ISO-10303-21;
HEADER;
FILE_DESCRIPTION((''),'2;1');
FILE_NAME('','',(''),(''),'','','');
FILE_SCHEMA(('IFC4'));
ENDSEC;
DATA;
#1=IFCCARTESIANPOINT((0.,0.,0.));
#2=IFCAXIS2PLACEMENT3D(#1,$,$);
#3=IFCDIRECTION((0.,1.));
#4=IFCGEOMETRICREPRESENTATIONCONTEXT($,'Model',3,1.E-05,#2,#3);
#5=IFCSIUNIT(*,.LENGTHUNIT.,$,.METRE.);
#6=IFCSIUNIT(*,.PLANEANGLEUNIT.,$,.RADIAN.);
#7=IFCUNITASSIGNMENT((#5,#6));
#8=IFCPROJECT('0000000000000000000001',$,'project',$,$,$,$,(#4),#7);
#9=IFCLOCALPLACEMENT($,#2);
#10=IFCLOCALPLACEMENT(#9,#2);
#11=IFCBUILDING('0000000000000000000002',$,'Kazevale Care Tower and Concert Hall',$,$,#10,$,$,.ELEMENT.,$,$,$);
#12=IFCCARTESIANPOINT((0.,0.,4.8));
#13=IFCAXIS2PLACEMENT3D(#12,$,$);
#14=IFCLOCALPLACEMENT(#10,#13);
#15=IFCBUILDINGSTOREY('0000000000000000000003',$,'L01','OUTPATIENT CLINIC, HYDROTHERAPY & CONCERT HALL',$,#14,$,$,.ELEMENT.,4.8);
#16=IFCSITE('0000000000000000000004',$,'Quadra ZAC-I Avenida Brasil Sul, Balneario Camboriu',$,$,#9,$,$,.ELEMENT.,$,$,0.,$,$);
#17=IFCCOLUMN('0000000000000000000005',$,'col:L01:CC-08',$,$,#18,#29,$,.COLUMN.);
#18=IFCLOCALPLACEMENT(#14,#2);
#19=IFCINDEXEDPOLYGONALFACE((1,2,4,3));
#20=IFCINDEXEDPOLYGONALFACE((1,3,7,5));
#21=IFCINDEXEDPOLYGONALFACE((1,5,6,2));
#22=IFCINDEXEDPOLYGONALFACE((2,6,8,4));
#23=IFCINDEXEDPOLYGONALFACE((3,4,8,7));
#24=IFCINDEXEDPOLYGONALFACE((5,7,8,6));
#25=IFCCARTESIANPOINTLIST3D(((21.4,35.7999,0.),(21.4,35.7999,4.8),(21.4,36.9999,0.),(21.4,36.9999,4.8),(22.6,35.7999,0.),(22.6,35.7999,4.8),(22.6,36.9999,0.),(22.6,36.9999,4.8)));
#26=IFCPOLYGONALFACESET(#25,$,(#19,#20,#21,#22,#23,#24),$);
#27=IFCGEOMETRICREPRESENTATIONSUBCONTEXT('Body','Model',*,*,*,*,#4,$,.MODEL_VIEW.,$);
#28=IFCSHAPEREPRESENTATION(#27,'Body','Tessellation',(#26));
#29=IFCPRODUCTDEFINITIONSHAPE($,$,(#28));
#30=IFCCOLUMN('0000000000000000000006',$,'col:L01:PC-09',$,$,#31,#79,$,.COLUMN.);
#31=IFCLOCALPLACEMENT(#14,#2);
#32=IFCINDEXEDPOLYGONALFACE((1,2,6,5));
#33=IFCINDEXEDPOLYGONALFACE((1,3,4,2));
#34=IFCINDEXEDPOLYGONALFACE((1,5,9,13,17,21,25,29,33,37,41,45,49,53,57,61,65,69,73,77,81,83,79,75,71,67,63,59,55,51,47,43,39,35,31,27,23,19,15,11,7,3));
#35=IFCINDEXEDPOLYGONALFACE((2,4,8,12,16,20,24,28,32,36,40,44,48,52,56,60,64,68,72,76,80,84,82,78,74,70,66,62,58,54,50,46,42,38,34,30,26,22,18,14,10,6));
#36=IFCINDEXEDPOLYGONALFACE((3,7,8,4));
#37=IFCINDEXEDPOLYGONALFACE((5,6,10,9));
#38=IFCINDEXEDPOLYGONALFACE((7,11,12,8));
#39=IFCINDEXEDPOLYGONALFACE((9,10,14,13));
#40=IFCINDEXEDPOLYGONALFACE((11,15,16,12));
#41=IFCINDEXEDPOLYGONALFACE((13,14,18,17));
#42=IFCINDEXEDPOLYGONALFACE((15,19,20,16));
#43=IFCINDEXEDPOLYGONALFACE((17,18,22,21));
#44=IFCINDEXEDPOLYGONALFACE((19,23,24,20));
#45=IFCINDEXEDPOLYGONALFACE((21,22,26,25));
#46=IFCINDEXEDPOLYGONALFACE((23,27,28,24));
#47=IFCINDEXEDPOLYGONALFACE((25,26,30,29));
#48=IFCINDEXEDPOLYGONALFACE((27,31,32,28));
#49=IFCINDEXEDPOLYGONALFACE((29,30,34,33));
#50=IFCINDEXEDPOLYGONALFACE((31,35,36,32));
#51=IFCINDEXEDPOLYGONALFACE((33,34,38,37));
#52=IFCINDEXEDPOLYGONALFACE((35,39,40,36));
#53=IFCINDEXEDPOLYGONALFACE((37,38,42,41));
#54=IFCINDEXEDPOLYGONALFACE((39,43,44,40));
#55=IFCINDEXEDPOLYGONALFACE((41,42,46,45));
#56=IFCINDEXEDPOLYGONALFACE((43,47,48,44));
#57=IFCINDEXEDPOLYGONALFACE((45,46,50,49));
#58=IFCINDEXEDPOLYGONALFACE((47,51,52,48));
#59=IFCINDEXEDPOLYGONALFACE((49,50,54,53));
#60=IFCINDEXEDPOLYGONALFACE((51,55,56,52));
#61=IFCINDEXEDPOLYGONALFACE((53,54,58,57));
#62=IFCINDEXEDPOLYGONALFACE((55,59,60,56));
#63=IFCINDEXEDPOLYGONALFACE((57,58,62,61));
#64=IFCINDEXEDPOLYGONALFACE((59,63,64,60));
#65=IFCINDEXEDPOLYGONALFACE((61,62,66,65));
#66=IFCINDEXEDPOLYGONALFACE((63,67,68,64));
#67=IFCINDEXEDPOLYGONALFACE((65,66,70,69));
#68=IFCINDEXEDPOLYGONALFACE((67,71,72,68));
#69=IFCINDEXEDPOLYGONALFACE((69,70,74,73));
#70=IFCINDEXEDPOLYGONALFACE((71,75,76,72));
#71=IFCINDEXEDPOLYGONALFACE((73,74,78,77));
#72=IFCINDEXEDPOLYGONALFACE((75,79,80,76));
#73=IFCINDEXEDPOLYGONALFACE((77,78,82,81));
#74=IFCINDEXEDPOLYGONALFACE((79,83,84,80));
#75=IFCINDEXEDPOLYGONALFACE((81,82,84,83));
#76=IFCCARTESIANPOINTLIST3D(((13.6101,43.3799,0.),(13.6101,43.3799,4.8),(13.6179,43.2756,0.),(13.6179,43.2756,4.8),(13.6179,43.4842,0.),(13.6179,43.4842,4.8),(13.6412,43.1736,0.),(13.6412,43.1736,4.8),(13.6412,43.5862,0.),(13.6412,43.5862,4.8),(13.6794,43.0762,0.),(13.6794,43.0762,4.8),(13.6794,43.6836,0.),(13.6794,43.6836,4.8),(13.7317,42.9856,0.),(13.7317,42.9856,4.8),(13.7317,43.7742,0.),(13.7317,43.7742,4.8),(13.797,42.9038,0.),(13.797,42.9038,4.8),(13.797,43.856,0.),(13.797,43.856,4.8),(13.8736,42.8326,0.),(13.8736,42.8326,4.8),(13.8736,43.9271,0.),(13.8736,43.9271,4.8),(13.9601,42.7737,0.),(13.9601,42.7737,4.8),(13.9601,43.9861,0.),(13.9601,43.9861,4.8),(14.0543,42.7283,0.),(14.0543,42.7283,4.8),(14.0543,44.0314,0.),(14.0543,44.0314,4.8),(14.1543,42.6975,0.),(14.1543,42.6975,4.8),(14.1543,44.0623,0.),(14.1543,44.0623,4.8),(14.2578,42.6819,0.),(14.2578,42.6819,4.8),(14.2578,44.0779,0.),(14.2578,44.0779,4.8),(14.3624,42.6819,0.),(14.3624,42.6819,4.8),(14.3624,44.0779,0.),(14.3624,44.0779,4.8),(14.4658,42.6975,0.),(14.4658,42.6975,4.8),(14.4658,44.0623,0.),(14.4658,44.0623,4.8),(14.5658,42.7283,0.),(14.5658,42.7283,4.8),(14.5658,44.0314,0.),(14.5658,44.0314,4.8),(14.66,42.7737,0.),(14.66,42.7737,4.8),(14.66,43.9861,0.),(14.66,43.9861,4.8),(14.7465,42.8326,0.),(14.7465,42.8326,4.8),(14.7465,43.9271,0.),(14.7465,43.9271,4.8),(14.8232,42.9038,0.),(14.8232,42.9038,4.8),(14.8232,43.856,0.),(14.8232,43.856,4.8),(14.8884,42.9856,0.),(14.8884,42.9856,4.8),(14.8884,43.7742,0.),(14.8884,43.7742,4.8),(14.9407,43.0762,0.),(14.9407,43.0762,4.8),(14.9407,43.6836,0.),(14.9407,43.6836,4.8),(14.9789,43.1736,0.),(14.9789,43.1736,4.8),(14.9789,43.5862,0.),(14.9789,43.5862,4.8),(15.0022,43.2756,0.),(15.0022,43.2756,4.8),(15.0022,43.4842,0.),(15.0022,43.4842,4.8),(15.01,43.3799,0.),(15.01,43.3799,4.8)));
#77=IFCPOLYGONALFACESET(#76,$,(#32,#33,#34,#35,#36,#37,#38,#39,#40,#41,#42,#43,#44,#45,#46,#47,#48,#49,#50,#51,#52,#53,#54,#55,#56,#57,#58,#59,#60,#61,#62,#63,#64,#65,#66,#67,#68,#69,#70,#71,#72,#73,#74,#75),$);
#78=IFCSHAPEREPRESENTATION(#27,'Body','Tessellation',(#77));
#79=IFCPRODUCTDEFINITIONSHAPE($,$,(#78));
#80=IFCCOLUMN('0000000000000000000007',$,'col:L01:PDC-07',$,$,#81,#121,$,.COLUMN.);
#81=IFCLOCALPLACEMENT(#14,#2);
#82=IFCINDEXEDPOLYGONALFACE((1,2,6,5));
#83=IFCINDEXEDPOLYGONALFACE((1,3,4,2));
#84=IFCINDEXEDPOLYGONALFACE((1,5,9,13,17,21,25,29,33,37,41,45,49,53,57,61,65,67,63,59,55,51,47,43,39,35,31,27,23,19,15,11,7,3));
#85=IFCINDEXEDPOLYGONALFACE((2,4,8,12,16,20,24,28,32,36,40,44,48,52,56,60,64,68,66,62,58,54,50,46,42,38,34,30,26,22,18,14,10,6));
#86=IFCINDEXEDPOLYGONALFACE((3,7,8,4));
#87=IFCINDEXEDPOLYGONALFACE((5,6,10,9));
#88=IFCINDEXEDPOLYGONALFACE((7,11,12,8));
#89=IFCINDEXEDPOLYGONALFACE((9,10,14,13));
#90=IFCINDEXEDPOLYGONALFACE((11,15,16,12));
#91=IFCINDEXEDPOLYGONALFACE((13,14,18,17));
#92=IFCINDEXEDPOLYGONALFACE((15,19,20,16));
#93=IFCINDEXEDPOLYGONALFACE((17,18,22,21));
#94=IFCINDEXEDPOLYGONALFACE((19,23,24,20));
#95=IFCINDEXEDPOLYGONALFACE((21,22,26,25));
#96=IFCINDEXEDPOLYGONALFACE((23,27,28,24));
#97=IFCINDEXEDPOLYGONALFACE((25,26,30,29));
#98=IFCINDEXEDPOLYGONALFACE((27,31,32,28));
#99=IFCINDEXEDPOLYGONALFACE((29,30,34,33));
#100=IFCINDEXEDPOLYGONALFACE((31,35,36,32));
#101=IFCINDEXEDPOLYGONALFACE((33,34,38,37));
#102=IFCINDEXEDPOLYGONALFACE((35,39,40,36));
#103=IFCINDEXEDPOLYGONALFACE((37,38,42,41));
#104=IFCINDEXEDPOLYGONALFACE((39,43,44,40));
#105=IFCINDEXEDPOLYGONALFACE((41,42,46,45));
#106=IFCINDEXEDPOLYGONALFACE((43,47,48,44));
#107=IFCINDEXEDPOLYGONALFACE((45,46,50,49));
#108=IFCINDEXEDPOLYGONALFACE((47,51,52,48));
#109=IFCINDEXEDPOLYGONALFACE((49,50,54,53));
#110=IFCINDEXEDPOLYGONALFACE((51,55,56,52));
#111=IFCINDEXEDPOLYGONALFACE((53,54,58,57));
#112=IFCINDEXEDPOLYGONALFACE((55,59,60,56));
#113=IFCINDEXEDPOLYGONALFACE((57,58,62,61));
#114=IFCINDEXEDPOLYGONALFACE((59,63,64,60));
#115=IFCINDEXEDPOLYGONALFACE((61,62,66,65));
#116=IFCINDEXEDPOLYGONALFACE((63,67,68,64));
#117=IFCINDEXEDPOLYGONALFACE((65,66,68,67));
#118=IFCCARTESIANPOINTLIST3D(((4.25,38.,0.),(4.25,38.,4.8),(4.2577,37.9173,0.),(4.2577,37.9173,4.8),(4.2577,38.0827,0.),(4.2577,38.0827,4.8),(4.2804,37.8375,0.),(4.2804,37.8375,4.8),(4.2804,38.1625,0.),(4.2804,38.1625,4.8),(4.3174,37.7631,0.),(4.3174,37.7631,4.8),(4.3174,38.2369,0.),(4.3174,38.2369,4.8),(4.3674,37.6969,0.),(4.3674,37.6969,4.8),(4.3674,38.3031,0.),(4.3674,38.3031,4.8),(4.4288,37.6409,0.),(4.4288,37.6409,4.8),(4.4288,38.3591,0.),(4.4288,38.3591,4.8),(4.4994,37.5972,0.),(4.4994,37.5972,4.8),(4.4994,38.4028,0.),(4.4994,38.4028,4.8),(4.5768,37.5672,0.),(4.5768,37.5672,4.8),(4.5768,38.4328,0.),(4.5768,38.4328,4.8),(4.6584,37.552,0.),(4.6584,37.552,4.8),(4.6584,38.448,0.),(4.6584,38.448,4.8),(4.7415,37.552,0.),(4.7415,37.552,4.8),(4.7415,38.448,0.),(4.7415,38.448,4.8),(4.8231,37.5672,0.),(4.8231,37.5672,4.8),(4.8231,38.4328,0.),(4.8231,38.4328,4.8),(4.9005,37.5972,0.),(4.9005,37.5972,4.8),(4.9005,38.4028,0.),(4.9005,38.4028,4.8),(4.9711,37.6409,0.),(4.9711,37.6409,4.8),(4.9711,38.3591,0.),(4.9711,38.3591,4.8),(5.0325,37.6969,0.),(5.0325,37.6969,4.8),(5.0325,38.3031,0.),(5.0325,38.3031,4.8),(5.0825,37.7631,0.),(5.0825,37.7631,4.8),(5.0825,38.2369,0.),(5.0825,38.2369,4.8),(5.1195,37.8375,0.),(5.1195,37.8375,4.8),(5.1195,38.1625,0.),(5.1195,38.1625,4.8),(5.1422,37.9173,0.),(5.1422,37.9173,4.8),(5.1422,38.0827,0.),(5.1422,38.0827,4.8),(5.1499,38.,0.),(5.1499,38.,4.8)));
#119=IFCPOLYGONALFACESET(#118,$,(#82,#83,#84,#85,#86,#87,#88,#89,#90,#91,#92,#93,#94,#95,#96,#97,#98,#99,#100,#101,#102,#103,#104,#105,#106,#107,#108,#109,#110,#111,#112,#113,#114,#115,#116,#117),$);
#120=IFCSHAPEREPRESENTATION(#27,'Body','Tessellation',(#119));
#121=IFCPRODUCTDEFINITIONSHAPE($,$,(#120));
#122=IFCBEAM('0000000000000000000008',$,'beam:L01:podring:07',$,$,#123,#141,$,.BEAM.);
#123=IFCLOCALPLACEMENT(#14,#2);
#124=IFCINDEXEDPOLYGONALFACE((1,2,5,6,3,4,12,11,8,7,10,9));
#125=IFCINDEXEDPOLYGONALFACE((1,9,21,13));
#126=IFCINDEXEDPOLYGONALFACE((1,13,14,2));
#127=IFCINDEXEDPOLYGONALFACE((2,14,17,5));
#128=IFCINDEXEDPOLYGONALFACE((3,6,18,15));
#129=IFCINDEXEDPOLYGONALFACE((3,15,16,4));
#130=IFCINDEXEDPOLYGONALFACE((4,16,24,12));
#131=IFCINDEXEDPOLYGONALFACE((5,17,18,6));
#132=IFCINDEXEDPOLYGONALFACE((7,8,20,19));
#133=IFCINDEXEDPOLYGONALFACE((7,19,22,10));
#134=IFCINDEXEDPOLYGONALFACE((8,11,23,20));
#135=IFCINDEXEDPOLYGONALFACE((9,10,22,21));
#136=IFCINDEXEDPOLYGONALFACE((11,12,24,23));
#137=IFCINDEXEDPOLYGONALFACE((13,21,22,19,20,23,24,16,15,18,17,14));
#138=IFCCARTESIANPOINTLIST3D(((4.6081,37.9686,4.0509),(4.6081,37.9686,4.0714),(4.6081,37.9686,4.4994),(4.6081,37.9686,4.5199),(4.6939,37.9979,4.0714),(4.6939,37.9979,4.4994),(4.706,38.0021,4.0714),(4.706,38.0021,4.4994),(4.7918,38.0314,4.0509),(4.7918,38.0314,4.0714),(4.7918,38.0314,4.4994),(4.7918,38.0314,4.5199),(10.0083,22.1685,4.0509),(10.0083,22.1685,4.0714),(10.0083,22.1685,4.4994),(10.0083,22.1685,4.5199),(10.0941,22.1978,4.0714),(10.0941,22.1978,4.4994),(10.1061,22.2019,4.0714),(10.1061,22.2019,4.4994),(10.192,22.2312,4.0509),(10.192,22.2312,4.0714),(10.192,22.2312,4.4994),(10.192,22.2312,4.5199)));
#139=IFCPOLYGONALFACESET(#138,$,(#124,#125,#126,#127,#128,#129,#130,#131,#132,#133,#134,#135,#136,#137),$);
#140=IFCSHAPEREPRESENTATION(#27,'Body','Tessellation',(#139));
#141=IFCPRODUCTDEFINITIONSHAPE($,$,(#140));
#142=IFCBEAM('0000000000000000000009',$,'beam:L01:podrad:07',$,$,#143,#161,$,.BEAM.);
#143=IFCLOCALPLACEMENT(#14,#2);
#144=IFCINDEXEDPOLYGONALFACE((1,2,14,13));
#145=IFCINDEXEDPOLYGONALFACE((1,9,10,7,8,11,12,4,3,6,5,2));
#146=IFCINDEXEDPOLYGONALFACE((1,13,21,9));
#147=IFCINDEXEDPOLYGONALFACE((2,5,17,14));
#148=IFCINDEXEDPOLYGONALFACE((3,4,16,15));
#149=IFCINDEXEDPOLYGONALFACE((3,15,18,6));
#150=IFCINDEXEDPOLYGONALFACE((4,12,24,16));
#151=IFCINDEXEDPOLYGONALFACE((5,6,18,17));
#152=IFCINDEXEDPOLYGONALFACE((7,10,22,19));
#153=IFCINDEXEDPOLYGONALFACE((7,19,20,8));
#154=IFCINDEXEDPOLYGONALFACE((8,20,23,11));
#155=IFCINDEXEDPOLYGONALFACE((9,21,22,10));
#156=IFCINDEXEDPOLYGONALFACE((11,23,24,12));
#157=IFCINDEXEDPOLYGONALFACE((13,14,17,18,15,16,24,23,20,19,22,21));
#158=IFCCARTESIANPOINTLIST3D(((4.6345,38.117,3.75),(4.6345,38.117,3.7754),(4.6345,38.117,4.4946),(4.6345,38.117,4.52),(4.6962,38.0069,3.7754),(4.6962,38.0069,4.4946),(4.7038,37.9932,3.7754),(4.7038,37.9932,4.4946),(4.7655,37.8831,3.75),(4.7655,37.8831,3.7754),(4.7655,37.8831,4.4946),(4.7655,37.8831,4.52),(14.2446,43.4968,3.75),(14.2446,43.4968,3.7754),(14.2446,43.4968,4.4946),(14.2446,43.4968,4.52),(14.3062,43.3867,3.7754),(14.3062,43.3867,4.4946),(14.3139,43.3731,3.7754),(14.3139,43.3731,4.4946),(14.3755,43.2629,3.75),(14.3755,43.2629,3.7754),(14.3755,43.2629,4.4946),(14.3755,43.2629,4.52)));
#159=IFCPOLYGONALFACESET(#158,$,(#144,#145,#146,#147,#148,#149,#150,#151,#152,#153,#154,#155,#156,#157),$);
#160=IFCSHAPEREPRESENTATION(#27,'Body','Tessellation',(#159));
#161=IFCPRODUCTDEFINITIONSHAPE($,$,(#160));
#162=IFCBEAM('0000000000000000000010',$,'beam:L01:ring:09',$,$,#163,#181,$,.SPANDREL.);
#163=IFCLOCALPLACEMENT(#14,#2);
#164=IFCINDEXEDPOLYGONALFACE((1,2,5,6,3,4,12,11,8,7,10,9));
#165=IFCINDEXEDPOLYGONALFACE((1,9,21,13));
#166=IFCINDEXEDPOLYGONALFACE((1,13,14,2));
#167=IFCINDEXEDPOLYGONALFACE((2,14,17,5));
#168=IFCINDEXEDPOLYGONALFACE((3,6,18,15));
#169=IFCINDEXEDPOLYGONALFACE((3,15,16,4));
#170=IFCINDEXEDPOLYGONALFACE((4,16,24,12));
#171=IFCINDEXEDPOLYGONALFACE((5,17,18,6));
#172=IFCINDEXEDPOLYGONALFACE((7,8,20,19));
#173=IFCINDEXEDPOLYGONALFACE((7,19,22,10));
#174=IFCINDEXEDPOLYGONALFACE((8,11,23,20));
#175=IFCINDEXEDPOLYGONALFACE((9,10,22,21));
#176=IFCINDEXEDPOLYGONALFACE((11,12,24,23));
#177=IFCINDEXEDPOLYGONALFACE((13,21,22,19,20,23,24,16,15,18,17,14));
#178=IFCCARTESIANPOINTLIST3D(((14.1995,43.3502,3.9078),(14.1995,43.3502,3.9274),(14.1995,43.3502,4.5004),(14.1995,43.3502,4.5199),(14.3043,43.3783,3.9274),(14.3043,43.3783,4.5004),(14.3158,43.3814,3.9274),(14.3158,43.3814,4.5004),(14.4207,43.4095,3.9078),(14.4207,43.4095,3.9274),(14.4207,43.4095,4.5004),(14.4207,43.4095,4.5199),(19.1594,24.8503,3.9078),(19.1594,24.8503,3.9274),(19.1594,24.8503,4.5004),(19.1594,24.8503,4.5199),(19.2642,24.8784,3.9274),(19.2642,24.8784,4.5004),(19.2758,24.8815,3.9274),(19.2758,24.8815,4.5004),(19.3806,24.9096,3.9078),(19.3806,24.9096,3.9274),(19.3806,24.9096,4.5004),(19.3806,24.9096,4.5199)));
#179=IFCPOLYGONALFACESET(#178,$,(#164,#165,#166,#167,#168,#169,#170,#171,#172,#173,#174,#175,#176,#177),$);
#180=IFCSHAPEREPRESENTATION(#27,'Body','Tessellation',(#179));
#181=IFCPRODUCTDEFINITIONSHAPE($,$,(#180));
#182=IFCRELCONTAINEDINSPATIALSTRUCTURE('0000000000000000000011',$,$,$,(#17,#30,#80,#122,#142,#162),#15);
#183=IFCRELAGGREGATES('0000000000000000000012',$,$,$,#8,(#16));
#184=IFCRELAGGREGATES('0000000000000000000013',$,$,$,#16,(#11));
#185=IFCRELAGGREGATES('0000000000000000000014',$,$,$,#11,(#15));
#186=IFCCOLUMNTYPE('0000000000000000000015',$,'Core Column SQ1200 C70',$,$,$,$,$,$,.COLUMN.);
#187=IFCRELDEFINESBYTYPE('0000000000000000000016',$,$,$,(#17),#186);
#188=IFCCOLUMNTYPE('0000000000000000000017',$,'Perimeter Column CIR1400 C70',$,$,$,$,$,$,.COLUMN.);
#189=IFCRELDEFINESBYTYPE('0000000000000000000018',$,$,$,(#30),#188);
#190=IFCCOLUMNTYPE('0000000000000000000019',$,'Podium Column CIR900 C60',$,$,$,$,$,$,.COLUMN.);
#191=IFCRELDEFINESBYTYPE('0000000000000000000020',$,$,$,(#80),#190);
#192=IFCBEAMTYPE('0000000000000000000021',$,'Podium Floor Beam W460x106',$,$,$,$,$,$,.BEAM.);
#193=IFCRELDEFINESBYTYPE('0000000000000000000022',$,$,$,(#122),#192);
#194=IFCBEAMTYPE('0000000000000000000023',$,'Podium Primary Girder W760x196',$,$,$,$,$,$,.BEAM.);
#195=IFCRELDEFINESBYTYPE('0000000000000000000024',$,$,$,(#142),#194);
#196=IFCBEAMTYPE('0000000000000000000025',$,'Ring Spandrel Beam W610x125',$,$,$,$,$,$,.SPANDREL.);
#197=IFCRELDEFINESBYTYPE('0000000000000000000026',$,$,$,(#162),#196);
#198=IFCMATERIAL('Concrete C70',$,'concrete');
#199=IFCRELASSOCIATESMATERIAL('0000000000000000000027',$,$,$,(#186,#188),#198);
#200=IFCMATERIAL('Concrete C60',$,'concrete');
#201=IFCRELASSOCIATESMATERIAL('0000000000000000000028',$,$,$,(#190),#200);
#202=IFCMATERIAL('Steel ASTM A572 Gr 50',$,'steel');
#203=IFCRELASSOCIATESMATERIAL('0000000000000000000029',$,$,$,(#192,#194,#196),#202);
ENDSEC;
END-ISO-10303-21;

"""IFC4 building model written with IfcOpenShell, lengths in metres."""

from ifc_helpers import new_model, si_unit, direction, frame, origin, origin_2d, place, context, subcontext, project, spatial, rectangle, circle, i_section, extrude, material, material_profile, profile_set, type_object, element, save


model = new_model("IFC4")

# Units and contexts
model_context = context("Model", 3, precision=1e-05, world=origin(), true_north=direction((0.0, 1.0)))
body_context = subcontext(model_context, "Body", "Model", "MODEL_VIEW")
ifc_project = project(units=[si_unit("LENGTHUNIT", "METRE"), si_unit("PLANEANGLEUNIT", "RADIAN")], contexts=[model_context])

# Site, building, storey
site_placement = place(None, origin())
site = spatial("IfcSite", under=ifc_project, at=site_placement, Name="Quadra ZAC-I Avenida Brasil Sul, Balneario Camboriu", CompositionType="ELEMENT", RefElevation=0.0)
building_placement = place(site_placement, origin())
building = spatial("IfcBuilding", under=site, at=building_placement, Name="Kazevale Care Tower and Concert Hall", CompositionType="ELEMENT")
storey_placement = place(building_placement, frame((0.0, 0.0, 4.8)))
storey = spatial("IfcBuildingStorey", under=building, at=storey_placement, Name="L01", Description="OUTPATIENT CLINIC, HYDROTHERAPY & CONCERT HALL", CompositionType="ELEMENT", Elevation=4.8)

# Columns
ifc_material_1 = material(Name="Concrete C70", Category="concrete")
ifc_material_profile_1 = material_profile(ifc_material_1, rectangle(XDim=1.2, YDim=1.2, at=origin_2d()), Name="RC-SQ1200")
ifc_profile_set_1 = profile_set([ifc_material_profile_1], Name="Concrete C70")
column_type_1 = type_object("IfcColumnType", Name="Core Column SQ1200 C70", PredefinedType="COLUMN", material=ifc_profile_set_1)
column_1_placement = place(storey_placement, frame((22.0, 36.3999, 0.0), z_axis=(0.0, 0.0, 1.0), x_axis=(1.0, 0.0, 0.0)))
element("IfcColumn", 1, at=column_1_placement, inside=storey, type_object=column_type_1, Name="col:L01:CC-08", PredefinedType="COLUMN", context=body_context, shape_type="SweptSolid", body=[
    extrude(rectangle(XDim=1.2, YDim=1.2, at=origin_2d()), origin(), (0.0, 0.0, 1.0), 4.8),
])
ifc_material_profile_2 = material_profile(ifc_material_1, circle(Radius=0.7, at=origin_2d()), Name="RC-CIR1400")
ifc_profile_set_2 = profile_set([ifc_material_profile_2], Name="Concrete C70")
column_type_2 = type_object("IfcColumnType", Name="Perimeter Column CIR1400 C70", PredefinedType="COLUMN", material=ifc_profile_set_2)
column_2_placement = place(storey_placement, frame((14.3101, 43.3799, 0.0), z_axis=(0.0, 0.0, 1.0), x_axis=(1.0, 0.0, 0.0)))
element("IfcColumn", 2, at=column_2_placement, inside=storey, type_object=column_type_2, Name="col:L01:PC-09", PredefinedType="COLUMN", context=body_context, shape_type="SweptSolid", body=[
    extrude(circle(Radius=0.7, at=origin_2d()), origin(), (0.0, 0.0, 1.0), 4.8),
])
ifc_material_2 = material(Name="Concrete C60", Category="concrete")
ifc_material_profile_3 = material_profile(ifc_material_2, circle(Radius=0.45, at=origin_2d()), Name="RC-CIR900")
ifc_profile_set_3 = profile_set([ifc_material_profile_3], Name="Concrete C60")
column_type_3 = type_object("IfcColumnType", Name="Podium Column CIR900 C60", PredefinedType="COLUMN", material=ifc_profile_set_3)
column_3_placement = place(storey_placement, frame((4.7, 38.0, 0.0), z_axis=(0.0, 0.0, 1.0), x_axis=(1.0, 0.0, 0.0)))
element("IfcColumn", 3, at=column_3_placement, inside=storey, type_object=column_type_3, Name="col:L01:PDC-07", PredefinedType="COLUMN", context=body_context, shape_type="SweptSolid", body=[
    extrude(circle(Radius=0.45, at=origin_2d()), origin(), (0.0, 0.0, 1.0), 4.8),
])

# Beams
ifc_material_3 = material(Name="Steel ASTM A572 Gr 50", Category="steel")
ifc_material_profile_4 = material_profile(ifc_material_3, i_section(OverallWidth=0.1941, OverallDepth=0.469, WebThickness=0.0127, FlangeThickness=0.0205, at=origin_2d()), Name="W460x106")
ifc_profile_set_4 = profile_set([ifc_material_profile_4], Name="Steel ASTM A572 Gr 50")
beam_type_1 = type_object("IfcBeamType", Name="Podium Floor Beam W460x106", PredefinedType="BEAM", material=ifc_profile_set_4)
beam_1_placement = place(storey_placement, frame((4.7, 38.0, 4.2854), z_axis=(0.323412, -0.946258, 0.0), x_axis=(0.946258, 0.323412, 0.0)))
element("IfcBeam", 4, at=beam_1_placement, inside=storey, type_object=beam_type_1, Name="beam:L01:podring:07", PredefinedType="BEAM", context=body_context, shape_type="SweptSolid", body=[
    extrude(i_section(OverallWidth=0.1941, OverallDepth=0.469, WebThickness=0.0127, FlangeThickness=0.0205, at=origin_2d()), origin(), (0.0, 0.0, 1.0), 16.6975),
])
ifc_material_profile_5 = material_profile(ifc_material_3, i_section(OverallWidth=0.2681, OverallDepth=0.77, WebThickness=0.0156, FlangeThickness=0.0254, at=origin_2d()), Name="W760x196")
ifc_profile_set_5 = profile_set([ifc_material_profile_5], Name="Steel ASTM A572 Gr 50")
beam_type_2 = type_object("IfcBeamType", Name="Podium Primary Girder W760x196", PredefinedType="BEAM", material=ifc_profile_set_5)
beam_2_placement = place(storey_placement, frame((14.3101, 43.3799, 4.135), z_axis=(-0.872575, -0.488481, 0.0), x_axis=(0.488481, -0.872575, 0.0)))
element("IfcBeam", 5, at=beam_2_placement, inside=storey, type_object=beam_type_2, Name="beam:L01:podrad:07", PredefinedType="BEAM", context=body_context, shape_type="SweptSolid", body=[
    extrude(i_section(OverallWidth=0.2681, OverallDepth=0.77, WebThickness=0.0156, FlangeThickness=0.0254, at=origin_2d()), origin(), (0.0, 0.0, 1.0), 11.0134),
])
ifc_material_profile_6 = material_profile(ifc_material_3, i_section(OverallWidth=0.229, OverallDepth=0.6121, WebThickness=0.012, FlangeThickness=0.0195, at=origin_2d()), Name="W610x125")
ifc_profile_set_6 = profile_set([ifc_material_profile_6], Name="Steel ASTM A572 Gr 50")
beam_type_3 = type_object("IfcBeamType", Name="Ring Spandrel Beam W610x125", PredefinedType="SPANDREL", material=ifc_profile_set_6)
beam_3_placement = place(storey_placement, frame((14.3101, 43.3799, 4.2139), z_axis=(0.25896, -0.965888, 0.0), x_axis=(0.965888, 0.25896, 0.0)))
element("IfcBeam", 6, at=beam_3_placement, inside=storey, type_object=beam_type_3, Name="beam:L01:ring:09", PredefinedType="SPANDREL", context=body_context, shape_type="SweptSolid", body=[
    extrude(i_section(OverallWidth=0.229, OverallDepth=0.6121, WebThickness=0.012, FlangeThickness=0.0195, at=origin_2d()), origin(), (0.0, 0.0, 1.0), 19.1533),
])

save(model, "model.ifc")
